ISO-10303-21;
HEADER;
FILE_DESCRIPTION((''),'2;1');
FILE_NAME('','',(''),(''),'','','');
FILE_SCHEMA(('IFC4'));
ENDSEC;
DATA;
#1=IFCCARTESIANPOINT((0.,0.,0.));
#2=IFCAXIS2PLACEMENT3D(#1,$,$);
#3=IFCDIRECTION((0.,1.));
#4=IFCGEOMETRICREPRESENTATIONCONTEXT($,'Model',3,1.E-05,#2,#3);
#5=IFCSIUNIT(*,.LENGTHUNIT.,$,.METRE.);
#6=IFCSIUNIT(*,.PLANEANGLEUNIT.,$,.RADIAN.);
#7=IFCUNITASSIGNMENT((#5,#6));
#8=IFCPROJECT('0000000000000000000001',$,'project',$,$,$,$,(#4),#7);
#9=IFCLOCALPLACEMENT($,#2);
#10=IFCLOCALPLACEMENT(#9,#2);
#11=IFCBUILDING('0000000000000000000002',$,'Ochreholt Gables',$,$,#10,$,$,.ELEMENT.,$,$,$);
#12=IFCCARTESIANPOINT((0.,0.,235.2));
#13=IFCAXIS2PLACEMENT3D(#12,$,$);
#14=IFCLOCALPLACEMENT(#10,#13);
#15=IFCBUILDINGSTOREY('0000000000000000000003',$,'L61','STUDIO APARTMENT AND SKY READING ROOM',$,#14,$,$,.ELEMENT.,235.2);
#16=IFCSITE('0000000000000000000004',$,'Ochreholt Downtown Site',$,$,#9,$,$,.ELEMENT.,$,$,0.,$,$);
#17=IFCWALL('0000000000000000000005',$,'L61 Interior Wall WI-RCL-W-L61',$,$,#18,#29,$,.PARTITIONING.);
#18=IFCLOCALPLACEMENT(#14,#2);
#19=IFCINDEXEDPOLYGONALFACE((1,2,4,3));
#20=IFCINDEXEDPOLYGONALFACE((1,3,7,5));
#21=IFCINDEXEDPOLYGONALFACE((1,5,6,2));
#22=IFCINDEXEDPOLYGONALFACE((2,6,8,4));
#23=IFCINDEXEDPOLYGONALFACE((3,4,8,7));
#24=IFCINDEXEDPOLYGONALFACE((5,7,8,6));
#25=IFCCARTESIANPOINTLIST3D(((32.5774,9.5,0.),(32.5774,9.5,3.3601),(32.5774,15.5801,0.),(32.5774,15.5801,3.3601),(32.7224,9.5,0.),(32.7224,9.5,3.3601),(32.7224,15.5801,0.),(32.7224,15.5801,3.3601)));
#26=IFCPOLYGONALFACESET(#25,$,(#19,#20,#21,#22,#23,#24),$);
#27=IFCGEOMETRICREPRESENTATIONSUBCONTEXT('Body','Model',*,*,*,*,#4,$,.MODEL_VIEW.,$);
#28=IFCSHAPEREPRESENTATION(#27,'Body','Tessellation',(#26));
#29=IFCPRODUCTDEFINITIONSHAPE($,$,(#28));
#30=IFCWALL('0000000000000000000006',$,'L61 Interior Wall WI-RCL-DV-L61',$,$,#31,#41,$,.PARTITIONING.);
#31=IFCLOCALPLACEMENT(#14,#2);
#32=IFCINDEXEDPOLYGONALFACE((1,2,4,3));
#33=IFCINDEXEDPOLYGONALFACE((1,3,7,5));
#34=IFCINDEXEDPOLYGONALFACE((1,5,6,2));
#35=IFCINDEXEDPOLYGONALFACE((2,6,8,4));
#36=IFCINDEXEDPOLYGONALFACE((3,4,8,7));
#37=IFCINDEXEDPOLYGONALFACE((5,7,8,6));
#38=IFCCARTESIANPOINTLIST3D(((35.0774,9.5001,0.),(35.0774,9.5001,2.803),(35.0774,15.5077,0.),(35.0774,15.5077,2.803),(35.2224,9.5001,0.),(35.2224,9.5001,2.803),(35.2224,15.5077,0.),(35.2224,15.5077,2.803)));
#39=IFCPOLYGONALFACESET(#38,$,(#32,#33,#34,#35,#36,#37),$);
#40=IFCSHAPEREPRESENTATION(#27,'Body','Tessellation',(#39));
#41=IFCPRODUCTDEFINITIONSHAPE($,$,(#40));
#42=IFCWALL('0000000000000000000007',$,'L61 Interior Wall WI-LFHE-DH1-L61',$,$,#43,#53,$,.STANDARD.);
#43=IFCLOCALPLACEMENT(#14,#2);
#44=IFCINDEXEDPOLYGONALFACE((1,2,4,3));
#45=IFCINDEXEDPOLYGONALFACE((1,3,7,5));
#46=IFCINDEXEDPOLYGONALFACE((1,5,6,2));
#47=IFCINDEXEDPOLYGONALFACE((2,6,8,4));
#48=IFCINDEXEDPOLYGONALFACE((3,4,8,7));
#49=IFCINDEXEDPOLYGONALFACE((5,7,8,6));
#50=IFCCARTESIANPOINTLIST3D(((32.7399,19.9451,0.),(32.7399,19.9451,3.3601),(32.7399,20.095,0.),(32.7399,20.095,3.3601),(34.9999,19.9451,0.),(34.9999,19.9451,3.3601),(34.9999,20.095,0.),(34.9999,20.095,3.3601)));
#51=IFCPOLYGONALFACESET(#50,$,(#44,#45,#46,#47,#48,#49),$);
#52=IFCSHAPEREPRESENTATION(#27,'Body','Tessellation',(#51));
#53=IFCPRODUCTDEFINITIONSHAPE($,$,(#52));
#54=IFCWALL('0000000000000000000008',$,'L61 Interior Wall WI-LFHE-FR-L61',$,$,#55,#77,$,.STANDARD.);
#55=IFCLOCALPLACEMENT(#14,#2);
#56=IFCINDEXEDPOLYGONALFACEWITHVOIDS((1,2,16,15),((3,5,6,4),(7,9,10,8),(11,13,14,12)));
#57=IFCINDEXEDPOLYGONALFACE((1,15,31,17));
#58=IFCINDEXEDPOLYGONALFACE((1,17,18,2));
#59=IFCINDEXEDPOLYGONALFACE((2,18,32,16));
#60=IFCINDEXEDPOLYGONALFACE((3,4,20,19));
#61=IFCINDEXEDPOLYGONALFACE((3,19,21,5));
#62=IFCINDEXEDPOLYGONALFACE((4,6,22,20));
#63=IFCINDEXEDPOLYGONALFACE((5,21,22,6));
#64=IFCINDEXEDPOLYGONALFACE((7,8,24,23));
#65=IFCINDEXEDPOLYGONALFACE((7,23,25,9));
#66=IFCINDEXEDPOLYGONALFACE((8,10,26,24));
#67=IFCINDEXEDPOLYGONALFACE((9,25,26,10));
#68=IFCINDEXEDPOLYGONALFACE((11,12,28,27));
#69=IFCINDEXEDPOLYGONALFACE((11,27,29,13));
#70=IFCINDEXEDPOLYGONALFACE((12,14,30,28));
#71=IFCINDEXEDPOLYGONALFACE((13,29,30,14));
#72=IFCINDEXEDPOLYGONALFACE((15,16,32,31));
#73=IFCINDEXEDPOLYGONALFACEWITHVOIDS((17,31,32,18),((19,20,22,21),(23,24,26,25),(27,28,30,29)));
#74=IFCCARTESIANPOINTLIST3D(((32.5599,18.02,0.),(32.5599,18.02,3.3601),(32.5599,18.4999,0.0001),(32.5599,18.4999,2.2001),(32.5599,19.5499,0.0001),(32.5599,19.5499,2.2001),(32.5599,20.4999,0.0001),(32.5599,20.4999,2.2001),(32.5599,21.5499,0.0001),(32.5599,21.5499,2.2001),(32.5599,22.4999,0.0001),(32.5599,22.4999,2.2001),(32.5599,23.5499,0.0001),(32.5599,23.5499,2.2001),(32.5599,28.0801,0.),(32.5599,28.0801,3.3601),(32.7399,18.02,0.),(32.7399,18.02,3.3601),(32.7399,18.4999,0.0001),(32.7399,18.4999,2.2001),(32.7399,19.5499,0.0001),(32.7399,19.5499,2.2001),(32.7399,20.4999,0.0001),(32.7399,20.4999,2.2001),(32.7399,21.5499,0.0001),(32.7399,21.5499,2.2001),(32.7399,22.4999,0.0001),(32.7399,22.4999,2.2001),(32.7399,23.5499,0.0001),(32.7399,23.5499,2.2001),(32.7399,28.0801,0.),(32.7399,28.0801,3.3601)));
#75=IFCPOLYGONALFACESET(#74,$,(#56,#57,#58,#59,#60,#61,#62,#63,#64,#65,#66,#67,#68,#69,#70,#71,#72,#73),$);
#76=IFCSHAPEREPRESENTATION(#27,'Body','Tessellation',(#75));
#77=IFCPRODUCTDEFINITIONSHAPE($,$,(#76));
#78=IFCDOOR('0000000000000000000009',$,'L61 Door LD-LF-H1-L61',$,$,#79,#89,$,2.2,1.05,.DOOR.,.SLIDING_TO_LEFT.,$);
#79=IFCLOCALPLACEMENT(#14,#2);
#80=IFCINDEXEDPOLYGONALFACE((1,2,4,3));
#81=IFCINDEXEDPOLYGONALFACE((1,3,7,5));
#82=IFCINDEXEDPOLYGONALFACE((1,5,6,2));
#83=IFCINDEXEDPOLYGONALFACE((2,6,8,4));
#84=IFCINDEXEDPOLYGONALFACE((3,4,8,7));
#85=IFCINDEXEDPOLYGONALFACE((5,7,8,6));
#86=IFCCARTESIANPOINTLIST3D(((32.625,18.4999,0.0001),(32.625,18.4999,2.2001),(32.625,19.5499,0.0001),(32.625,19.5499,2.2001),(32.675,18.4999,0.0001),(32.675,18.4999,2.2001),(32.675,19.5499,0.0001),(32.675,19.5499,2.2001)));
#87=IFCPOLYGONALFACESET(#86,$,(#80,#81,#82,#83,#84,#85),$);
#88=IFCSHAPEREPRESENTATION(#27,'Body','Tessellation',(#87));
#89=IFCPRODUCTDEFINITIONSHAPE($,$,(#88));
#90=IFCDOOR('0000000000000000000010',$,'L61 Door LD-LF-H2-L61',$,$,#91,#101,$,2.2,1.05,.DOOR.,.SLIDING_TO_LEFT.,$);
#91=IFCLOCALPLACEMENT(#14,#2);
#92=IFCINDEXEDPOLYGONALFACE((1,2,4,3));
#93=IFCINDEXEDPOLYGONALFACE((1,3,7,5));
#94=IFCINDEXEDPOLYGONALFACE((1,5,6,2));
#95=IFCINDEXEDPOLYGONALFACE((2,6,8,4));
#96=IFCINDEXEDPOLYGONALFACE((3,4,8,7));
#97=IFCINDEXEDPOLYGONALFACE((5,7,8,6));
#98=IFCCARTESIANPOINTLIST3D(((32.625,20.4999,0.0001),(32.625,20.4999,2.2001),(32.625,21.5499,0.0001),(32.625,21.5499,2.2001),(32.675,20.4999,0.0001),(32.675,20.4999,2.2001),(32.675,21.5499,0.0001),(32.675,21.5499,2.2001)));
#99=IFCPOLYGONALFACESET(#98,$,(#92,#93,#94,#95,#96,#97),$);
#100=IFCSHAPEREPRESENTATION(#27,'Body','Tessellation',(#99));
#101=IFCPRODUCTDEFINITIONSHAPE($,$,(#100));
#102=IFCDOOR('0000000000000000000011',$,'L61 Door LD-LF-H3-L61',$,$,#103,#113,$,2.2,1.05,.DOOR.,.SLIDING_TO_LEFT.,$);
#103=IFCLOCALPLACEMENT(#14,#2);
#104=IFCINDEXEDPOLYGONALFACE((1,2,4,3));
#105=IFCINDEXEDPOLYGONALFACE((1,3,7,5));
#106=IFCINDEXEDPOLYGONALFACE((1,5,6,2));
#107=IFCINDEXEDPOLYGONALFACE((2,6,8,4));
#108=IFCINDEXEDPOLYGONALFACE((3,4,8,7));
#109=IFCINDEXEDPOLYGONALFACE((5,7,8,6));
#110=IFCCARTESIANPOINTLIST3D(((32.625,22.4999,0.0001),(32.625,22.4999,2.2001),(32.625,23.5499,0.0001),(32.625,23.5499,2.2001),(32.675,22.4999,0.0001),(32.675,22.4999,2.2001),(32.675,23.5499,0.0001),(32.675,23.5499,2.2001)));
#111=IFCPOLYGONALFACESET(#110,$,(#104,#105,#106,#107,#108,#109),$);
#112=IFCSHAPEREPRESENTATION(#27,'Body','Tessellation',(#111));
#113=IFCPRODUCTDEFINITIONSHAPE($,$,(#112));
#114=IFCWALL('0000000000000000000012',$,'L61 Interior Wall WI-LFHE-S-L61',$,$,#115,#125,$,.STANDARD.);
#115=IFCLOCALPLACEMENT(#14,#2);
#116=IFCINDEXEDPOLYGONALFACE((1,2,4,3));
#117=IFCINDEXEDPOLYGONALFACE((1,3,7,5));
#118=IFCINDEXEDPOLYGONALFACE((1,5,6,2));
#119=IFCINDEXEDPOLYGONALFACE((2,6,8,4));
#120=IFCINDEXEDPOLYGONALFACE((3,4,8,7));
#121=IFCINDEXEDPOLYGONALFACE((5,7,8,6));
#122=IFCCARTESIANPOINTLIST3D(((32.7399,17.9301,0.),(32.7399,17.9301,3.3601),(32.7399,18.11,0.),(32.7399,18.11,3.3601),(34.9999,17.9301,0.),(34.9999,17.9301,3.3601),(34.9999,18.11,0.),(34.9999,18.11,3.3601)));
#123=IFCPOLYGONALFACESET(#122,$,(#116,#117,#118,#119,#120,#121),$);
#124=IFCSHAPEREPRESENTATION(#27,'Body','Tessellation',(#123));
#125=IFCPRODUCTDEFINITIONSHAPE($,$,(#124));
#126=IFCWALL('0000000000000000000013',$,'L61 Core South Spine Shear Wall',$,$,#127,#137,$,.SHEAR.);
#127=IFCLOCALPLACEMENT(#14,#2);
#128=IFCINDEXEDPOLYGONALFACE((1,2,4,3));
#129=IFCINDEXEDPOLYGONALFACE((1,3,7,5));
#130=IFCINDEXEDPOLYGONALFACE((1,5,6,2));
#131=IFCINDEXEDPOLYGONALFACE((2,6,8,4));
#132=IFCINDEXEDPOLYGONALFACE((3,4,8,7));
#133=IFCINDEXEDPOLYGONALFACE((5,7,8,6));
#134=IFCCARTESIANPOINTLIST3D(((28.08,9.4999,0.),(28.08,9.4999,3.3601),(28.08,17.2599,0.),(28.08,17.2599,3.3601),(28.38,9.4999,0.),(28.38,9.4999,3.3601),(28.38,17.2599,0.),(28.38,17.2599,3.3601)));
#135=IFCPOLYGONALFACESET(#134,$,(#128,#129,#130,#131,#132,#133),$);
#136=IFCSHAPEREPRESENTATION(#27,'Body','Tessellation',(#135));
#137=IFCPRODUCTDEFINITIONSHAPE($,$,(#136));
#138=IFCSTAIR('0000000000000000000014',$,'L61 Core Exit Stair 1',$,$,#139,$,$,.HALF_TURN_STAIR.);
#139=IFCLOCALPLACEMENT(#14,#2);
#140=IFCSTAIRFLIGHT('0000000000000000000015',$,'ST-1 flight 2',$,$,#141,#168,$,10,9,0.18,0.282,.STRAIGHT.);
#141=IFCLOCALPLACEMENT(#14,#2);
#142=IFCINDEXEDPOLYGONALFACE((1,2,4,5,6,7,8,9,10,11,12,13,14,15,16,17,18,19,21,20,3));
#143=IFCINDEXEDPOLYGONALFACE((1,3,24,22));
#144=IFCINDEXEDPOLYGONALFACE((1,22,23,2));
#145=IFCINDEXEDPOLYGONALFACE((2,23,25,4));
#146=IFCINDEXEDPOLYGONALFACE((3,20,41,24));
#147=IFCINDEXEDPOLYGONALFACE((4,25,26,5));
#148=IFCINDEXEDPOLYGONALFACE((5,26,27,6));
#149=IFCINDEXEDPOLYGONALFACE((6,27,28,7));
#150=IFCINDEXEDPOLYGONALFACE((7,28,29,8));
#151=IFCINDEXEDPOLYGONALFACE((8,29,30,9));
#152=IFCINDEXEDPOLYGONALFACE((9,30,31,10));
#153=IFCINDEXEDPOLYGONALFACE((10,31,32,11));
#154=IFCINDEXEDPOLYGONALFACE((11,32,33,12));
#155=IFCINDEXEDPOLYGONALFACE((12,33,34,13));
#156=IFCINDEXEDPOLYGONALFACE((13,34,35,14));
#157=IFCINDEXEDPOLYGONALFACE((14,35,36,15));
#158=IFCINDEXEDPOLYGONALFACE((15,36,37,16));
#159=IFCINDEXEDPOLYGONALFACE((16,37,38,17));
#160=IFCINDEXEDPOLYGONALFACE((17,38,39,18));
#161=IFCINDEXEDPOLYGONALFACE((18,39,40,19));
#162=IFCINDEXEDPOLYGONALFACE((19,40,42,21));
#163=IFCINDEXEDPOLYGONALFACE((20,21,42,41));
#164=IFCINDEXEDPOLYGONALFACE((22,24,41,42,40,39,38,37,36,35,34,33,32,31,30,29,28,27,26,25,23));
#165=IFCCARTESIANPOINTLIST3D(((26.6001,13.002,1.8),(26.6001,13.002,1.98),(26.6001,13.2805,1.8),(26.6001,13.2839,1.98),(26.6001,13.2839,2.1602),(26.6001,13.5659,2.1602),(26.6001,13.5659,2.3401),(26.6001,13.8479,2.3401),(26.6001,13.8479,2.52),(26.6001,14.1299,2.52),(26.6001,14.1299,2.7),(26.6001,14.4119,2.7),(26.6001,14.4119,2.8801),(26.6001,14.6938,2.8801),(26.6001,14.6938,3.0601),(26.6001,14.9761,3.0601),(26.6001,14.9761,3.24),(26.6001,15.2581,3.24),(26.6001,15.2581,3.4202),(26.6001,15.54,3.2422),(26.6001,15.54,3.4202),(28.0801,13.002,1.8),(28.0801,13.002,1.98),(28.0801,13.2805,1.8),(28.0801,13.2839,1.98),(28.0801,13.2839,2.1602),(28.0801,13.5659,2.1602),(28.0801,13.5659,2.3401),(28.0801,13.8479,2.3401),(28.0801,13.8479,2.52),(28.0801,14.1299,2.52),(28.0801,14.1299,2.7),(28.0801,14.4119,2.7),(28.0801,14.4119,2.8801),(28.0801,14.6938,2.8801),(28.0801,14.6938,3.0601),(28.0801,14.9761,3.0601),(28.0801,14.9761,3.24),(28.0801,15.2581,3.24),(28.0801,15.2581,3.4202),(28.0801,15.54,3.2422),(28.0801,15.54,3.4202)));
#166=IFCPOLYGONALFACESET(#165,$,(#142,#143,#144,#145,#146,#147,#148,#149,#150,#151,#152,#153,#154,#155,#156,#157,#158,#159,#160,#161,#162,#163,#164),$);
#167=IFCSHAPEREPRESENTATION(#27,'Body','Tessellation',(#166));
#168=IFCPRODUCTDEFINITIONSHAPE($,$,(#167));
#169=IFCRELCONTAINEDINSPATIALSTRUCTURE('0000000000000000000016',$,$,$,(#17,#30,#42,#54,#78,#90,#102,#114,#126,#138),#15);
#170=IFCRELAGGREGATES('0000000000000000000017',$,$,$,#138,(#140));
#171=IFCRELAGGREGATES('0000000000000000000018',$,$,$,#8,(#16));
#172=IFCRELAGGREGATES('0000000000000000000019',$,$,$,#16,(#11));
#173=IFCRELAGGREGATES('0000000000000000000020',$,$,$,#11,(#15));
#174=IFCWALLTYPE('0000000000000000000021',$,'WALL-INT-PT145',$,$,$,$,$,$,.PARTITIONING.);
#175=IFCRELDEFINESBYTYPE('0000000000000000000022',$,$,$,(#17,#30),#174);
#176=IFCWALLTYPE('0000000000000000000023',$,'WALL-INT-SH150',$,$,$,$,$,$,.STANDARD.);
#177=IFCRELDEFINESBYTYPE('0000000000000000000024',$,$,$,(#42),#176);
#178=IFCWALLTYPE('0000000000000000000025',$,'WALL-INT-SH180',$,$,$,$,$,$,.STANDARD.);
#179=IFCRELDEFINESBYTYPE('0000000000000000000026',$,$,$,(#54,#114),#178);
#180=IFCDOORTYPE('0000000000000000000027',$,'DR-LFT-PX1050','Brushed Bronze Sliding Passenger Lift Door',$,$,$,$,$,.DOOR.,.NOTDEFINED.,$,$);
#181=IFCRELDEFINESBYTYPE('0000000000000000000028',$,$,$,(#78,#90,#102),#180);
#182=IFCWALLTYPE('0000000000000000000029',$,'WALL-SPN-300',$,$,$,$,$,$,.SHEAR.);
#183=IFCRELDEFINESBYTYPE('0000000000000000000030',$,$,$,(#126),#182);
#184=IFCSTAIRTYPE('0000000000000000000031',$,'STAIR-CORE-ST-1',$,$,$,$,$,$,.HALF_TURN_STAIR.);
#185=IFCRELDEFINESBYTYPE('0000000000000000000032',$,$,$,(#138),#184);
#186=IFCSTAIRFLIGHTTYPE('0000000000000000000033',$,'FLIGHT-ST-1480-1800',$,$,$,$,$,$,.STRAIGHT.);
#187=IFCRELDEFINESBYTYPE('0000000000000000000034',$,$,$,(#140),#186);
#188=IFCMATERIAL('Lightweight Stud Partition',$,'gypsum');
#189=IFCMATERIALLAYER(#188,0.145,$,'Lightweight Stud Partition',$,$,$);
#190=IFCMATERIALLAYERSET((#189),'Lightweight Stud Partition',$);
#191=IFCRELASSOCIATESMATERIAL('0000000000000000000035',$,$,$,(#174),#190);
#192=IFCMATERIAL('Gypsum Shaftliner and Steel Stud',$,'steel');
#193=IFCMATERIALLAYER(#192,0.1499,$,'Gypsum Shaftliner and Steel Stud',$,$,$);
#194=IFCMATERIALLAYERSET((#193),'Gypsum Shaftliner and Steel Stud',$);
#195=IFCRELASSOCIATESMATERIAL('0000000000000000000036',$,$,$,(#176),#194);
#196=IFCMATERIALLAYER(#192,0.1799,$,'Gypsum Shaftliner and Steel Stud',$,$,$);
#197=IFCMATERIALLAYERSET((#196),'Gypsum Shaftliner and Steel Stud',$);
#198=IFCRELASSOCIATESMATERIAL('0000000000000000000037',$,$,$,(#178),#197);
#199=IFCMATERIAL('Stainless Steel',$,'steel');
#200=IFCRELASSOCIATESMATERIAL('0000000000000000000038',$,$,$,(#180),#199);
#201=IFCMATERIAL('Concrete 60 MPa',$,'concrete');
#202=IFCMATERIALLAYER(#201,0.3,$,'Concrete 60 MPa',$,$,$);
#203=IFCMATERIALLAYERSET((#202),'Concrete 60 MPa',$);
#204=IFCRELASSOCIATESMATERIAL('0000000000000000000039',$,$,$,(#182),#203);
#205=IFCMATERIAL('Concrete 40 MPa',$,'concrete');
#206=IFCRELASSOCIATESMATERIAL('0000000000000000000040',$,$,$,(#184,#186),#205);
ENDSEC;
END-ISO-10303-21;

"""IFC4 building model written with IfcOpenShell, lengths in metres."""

from ifc_helpers import new_model, si_unit, direction, frame, frame_2d, origin, place, context, subcontext, project, spatial, polyline, rectangle, outline, extrude, material, layer, layer_set, type_object, element, fill, aggregate, save


model = new_model("IFC4")

# Units and contexts
model_context = context("Model", 3, precision=1e-05, world=origin(), true_north=direction((0.0, 1.0)))
body_context = subcontext(model_context, "Body", "Model", "MODEL_VIEW")
ifc_project = project(units=[si_unit("LENGTHUNIT", "METRE"), si_unit("PLANEANGLEUNIT", "RADIAN")], contexts=[model_context])

# Site, building, storey
site_placement = place(None, origin())
site = spatial("IfcSite", under=ifc_project, at=site_placement, Name="Ochreholt Downtown Site", CompositionType="ELEMENT", RefElevation=0.0)
building_placement = place(site_placement, origin())
building = spatial("IfcBuilding", under=site, at=building_placement, Name="Ochreholt Gables", CompositionType="ELEMENT")
storey_placement = place(building_placement, frame((0.0, 0.0, 235.2)))
storey = spatial("IfcBuildingStorey", under=building, at=storey_placement, Name="L61", Description="STUDIO APARTMENT AND SKY READING ROOM", CompositionType="ELEMENT", Elevation=235.2)

# Shared definitions
ifc_material_1 = material(Name="Concrete 40 MPa", Category="concrete")

# Wall
ifc_material_2 = material(Name="Lightweight Stud Partition", Category="gypsum")
ifc_layer_1 = layer(ifc_material_2, 0.145, Name="Lightweight Stud Partition")
ifc_layer_set_1 = layer_set([ifc_layer_1], Name="Lightweight Stud Partition")
wall_type_1 = type_object("IfcWallType", Name="WALL-INT-PT145", PredefinedType="PARTITIONING", material=ifc_layer_set_1)
wall_1_placement = place(storey_placement, frame((32.6499, 9.5, 0.0), z_axis=(0.0, 0.0, 1.0), x_axis=(0.0, 1.0, 0.0)))
element("IfcWall", 1, at=wall_1_placement, inside=storey, type_object=wall_type_1, Name="L61 Interior Wall WI-RCL-W-L61", PredefinedType="PARTITIONING", context=body_context, shape_type="SweptSolid", body=[
    extrude(rectangle(XDim=6.0801, YDim=0.145, at=frame_2d((3.04, 0.0))), origin(), (0.0, 0.0, 1.0), 3.3601),
])

# Walls
wall_2_placement = place(storey_placement, frame((35.1499, 9.5, 0.0), z_axis=(0.0, 0.0, 1.0), x_axis=(0.0, 1.0, 0.0)))
element("IfcWall", 2, at=wall_2_placement, inside=storey, type_object=wall_type_1, Name="L61 Interior Wall WI-RCL-DV-L61", PredefinedType="PARTITIONING", context=body_context, shape_type="SweptSolid", body=[
    extrude(rectangle(XDim=6.0076, YDim=0.145, at=frame_2d((3.0039, 0.0))), origin(), (0.0, 0.0, 1.0), 2.803),
])
ifc_material_3 = material(Name="Gypsum Shaftliner and Steel Stud", Category="steel")
ifc_layer_2 = layer(ifc_material_3, 0.1499, Name="Gypsum Shaftliner and Steel Stud")
ifc_layer_set_2 = layer_set([ifc_layer_2], Name="Gypsum Shaftliner and Steel Stud")
wall_type_2 = type_object("IfcWallType", Name="WALL-INT-SH150", PredefinedType="STANDARD", material=ifc_layer_set_2)
wall_3_placement = place(storey_placement, frame((32.74, 20.02, 0.0), z_axis=(0.0, 0.0, 1.0), x_axis=(1.0, 0.0, 0.0)))
element("IfcWall", 3, at=wall_3_placement, inside=storey, type_object=wall_type_2, Name="L61 Interior Wall WI-LFHE-DH1-L61", PredefinedType="STANDARD", context=body_context, shape_type="SweptSolid", body=[
    extrude(rectangle(XDim=2.26, YDim=0.1499, at=frame_2d((1.1299, 0.0))), origin(), (0.0, 0.0, 1.0), 3.3601),
])

# Wall, openings, doors
ifc_layer_3 = layer(ifc_material_3, 0.1799, Name="Gypsum Shaftliner and Steel Stud")
ifc_layer_set_3 = layer_set([ifc_layer_3], Name="Gypsum Shaftliner and Steel Stud")
wall_type_3 = type_object("IfcWallType", Name="WALL-INT-SH180", PredefinedType="STANDARD", material=ifc_layer_set_3)
wall_4_placement = place(storey_placement, frame((32.6499, 18.02, 0.0), z_axis=(0.0, 0.0, 1.0), x_axis=(0.0, 1.0, 0.0)))
wall_4 = element("IfcWall", 4, at=wall_4_placement, inside=storey, type_object=wall_type_3, Name="L61 Interior Wall WI-LFHE-FR-L61", PredefinedType="STANDARD", context=body_context, shape_type="SweptSolid", body=[
    extrude(rectangle(XDim=10.0601, YDim=0.1799, at=frame_2d((5.03, 0.0))), origin(), (0.0, 0.0, 1.0), 3.3601),
])
opening_1_placement = place(wall_4_placement, frame((0.48, 0.0, 0.0)))
opening_1 = element("IfcOpeningElement", 5, at=opening_1_placement, cuts=wall_4, PredefinedType="OPENING", context=body_context, shape_type="SweptSolid", body=[
    extrude(rectangle(XDim=1.05, YDim=2.2, at=frame_2d((0.5249, 1.1001))), frame((0.0, 0.0999, 0.0), z_axis=(0.0, -1.0, 0.0), x_axis=(1.0, 0.0, 0.0)), (0.0, 0.0, 1.0), 0.2),
])
opening_2_placement = place(wall_4_placement, frame((2.48, 0.0, 0.0)))
opening_2 = element("IfcOpeningElement", 6, at=opening_2_placement, cuts=wall_4, PredefinedType="OPENING", context=body_context, shape_type="SweptSolid", body=[
    extrude(rectangle(XDim=1.05, YDim=2.2, at=frame_2d((0.5249, 1.1001))), frame((0.0, 0.0999, 0.0), z_axis=(0.0, -1.0, 0.0), x_axis=(1.0, 0.0, 0.0)), (0.0, 0.0, 1.0), 0.2),
])
opening_3_placement = place(wall_4_placement, frame((4.48, 0.0, 0.0)))
opening_3 = element("IfcOpeningElement", 7, at=opening_3_placement, cuts=wall_4, PredefinedType="OPENING", context=body_context, shape_type="SweptSolid", body=[
    extrude(rectangle(XDim=1.05, YDim=2.2, at=frame_2d((0.5249, 1.1001))), frame((0.0, 0.0999, 0.0), z_axis=(0.0, -1.0, 0.0), x_axis=(1.0, 0.0, 0.0)), (0.0, 0.0, 1.0), 0.2),
])
ifc_material_4 = material(Name="Stainless Steel", Category="steel")
door_type_1 = type_object("IfcDoorType", Name="DR-LFT-PX1050", Description="Brushed Bronze Sliding Passenger Lift Door", OperationType="NOTDEFINED", PredefinedType="DOOR", material=ifc_material_4)
door_1_placement = place(opening_1_placement, origin())
door_1 = element("IfcDoor", 8, at=door_1_placement, inside=storey, type_object=door_type_1, Name="L61 Door LD-LF-H1-L61", OperationType="SLIDING_TO_LEFT", OverallHeight=2.2, OverallWidth=1.05, PredefinedType="DOOR", context=body_context, shape_type="SweptSolid", body=[
    extrude(rectangle(XDim=1.05, YDim=2.2, at=frame_2d((0.5249, 1.1001))), frame((0.0, 0.0249, 0.0), z_axis=(0.0, -1.0, 0.0), x_axis=(1.0, 0.0, 0.0)), (0.0, 0.0, 1.0), 0.05),
])
fill(opening_1, door_1)
door_2_placement = place(opening_2_placement, origin())
door_2 = element("IfcDoor", 9, at=door_2_placement, inside=storey, type_object=door_type_1, Name="L61 Door LD-LF-H2-L61", OperationType="SLIDING_TO_LEFT", OverallHeight=2.2, OverallWidth=1.05, PredefinedType="DOOR", context=body_context, shape_type="SweptSolid", body=[
    extrude(rectangle(XDim=1.05, YDim=2.2, at=frame_2d((0.5249, 1.1001))), frame((0.0, 0.0249, 0.0), z_axis=(0.0, -1.0, 0.0), x_axis=(1.0, 0.0, 0.0)), (0.0, 0.0, 1.0), 0.05),
])
fill(opening_2, door_2)
door_3_placement = place(opening_3_placement, origin())
door_3 = element("IfcDoor", 10, at=door_3_placement, inside=storey, type_object=door_type_1, Name="L61 Door LD-LF-H3-L61", OperationType="SLIDING_TO_LEFT", OverallHeight=2.2, OverallWidth=1.05, PredefinedType="DOOR", context=body_context, shape_type="SweptSolid", body=[
    extrude(rectangle(XDim=1.05, YDim=2.2, at=frame_2d((0.5249, 1.1001))), frame((0.0, 0.0249, 0.0), z_axis=(0.0, -1.0, 0.0), x_axis=(1.0, 0.0, 0.0)), (0.0, 0.0, 1.0), 0.05),
])
fill(opening_3, door_3)

# Walls
wall_5_placement = place(storey_placement, frame((32.74, 18.02, 0.0), z_axis=(0.0, 0.0, 1.0), x_axis=(1.0, 0.0, 0.0)))
element("IfcWall", 11, at=wall_5_placement, inside=storey, type_object=wall_type_3, Name="L61 Interior Wall WI-LFHE-S-L61", PredefinedType="STANDARD", context=body_context, shape_type="SweptSolid", body=[
    extrude(rectangle(XDim=2.26, YDim=0.1799, at=frame_2d((1.1299, 0.0))), origin(), (0.0, 0.0, 1.0), 3.3601),
])
ifc_material_5 = material(Name="Concrete 60 MPa", Category="concrete")
ifc_layer_4 = layer(ifc_material_5, 0.3, Name="Concrete 60 MPa")
ifc_layer_set_4 = layer_set([ifc_layer_4], Name="Concrete 60 MPa")
wall_type_4 = type_object("IfcWallType", Name="WALL-SPN-300", PredefinedType="SHEAR", material=ifc_layer_set_4)
wall_6_placement = place(storey_placement, frame((28.23, 9.5, 0.0), z_axis=(0.0, 0.0, 1.0), x_axis=(0.0, 1.0, 0.0)))
element("IfcWall", 12, at=wall_6_placement, inside=storey, type_object=wall_type_4, Name="L61 Core South Spine Shear Wall", PredefinedType="SHEAR", context=body_context, shape_type="SweptSolid", body=[
    extrude(rectangle(XDim=7.76, YDim=0.3, at=frame_2d((3.8799, 0.0))), origin(), (0.0, 0.0, 1.0), 3.3601),
])

# Stair, stair flight
stair_type = type_object("IfcStairType", Name="STAIR-CORE-ST-1", PredefinedType="HALF_TURN_STAIR", material=ifc_material_1)
stair_placement = place(storey_placement, origin())
stair = element("IfcStair", 13, at=stair_placement, inside=storey, type_object=stair_type, Name="L61 Core Exit Stair 1", PredefinedType="HALF_TURN_STAIR")
stair_flight_type = type_object("IfcStairFlightType", Name="FLIGHT-ST-1480-1800", PredefinedType="STRAIGHT", material=ifc_material_1)
stair_flight_placement = place(storey_placement, frame((27.3401, 13.002, 1.8), z_axis=(0.0, 0.0, 1.0), x_axis=(0.0, 1.0, 0.0)))
stair_flight = element("IfcStairFlight", 14, at=stair_flight_placement, type_object=stair_flight_type, Name="ST-1 flight 2", NumberOfRisers=10, NumberOfTreads=9, PredefinedType="STRAIGHT", RiserHeight=0.18, TreadLength=0.282, context=body_context, shape_type="SweptSolid", body=[
    extrude(outline(polyline([(0.0, 0.0), (0.0, 0.1799), (0.282, 0.1799), (0.282, 0.3601), (0.564, 0.3601), (0.564, 0.54), (0.8459, 0.54), (0.8459, 0.72), (1.1279, 0.72), (1.1279, 0.8999), (1.4099, 0.8999), (1.4099, 1.0801), (1.6919, 1.0801), (1.6919, 1.26), (1.9741, 1.26), (1.9741, 1.4399), (2.2561, 1.4399), (2.2561, 1.6201), (2.5381, 1.6201), (2.5381, 1.8), (2.5381, 1.4421), (0.2786, 0.0), (0.0, 0.0)])), frame((0.0, 0.74, 0.0), z_axis=(0.0, -1.0, 0.0), x_axis=(1.0, 0.0, 0.0)), (0.0, 0.0, 1.0), 1.48),
])
aggregate(stair, [stair_flight])

save(model, "model.ifc")
